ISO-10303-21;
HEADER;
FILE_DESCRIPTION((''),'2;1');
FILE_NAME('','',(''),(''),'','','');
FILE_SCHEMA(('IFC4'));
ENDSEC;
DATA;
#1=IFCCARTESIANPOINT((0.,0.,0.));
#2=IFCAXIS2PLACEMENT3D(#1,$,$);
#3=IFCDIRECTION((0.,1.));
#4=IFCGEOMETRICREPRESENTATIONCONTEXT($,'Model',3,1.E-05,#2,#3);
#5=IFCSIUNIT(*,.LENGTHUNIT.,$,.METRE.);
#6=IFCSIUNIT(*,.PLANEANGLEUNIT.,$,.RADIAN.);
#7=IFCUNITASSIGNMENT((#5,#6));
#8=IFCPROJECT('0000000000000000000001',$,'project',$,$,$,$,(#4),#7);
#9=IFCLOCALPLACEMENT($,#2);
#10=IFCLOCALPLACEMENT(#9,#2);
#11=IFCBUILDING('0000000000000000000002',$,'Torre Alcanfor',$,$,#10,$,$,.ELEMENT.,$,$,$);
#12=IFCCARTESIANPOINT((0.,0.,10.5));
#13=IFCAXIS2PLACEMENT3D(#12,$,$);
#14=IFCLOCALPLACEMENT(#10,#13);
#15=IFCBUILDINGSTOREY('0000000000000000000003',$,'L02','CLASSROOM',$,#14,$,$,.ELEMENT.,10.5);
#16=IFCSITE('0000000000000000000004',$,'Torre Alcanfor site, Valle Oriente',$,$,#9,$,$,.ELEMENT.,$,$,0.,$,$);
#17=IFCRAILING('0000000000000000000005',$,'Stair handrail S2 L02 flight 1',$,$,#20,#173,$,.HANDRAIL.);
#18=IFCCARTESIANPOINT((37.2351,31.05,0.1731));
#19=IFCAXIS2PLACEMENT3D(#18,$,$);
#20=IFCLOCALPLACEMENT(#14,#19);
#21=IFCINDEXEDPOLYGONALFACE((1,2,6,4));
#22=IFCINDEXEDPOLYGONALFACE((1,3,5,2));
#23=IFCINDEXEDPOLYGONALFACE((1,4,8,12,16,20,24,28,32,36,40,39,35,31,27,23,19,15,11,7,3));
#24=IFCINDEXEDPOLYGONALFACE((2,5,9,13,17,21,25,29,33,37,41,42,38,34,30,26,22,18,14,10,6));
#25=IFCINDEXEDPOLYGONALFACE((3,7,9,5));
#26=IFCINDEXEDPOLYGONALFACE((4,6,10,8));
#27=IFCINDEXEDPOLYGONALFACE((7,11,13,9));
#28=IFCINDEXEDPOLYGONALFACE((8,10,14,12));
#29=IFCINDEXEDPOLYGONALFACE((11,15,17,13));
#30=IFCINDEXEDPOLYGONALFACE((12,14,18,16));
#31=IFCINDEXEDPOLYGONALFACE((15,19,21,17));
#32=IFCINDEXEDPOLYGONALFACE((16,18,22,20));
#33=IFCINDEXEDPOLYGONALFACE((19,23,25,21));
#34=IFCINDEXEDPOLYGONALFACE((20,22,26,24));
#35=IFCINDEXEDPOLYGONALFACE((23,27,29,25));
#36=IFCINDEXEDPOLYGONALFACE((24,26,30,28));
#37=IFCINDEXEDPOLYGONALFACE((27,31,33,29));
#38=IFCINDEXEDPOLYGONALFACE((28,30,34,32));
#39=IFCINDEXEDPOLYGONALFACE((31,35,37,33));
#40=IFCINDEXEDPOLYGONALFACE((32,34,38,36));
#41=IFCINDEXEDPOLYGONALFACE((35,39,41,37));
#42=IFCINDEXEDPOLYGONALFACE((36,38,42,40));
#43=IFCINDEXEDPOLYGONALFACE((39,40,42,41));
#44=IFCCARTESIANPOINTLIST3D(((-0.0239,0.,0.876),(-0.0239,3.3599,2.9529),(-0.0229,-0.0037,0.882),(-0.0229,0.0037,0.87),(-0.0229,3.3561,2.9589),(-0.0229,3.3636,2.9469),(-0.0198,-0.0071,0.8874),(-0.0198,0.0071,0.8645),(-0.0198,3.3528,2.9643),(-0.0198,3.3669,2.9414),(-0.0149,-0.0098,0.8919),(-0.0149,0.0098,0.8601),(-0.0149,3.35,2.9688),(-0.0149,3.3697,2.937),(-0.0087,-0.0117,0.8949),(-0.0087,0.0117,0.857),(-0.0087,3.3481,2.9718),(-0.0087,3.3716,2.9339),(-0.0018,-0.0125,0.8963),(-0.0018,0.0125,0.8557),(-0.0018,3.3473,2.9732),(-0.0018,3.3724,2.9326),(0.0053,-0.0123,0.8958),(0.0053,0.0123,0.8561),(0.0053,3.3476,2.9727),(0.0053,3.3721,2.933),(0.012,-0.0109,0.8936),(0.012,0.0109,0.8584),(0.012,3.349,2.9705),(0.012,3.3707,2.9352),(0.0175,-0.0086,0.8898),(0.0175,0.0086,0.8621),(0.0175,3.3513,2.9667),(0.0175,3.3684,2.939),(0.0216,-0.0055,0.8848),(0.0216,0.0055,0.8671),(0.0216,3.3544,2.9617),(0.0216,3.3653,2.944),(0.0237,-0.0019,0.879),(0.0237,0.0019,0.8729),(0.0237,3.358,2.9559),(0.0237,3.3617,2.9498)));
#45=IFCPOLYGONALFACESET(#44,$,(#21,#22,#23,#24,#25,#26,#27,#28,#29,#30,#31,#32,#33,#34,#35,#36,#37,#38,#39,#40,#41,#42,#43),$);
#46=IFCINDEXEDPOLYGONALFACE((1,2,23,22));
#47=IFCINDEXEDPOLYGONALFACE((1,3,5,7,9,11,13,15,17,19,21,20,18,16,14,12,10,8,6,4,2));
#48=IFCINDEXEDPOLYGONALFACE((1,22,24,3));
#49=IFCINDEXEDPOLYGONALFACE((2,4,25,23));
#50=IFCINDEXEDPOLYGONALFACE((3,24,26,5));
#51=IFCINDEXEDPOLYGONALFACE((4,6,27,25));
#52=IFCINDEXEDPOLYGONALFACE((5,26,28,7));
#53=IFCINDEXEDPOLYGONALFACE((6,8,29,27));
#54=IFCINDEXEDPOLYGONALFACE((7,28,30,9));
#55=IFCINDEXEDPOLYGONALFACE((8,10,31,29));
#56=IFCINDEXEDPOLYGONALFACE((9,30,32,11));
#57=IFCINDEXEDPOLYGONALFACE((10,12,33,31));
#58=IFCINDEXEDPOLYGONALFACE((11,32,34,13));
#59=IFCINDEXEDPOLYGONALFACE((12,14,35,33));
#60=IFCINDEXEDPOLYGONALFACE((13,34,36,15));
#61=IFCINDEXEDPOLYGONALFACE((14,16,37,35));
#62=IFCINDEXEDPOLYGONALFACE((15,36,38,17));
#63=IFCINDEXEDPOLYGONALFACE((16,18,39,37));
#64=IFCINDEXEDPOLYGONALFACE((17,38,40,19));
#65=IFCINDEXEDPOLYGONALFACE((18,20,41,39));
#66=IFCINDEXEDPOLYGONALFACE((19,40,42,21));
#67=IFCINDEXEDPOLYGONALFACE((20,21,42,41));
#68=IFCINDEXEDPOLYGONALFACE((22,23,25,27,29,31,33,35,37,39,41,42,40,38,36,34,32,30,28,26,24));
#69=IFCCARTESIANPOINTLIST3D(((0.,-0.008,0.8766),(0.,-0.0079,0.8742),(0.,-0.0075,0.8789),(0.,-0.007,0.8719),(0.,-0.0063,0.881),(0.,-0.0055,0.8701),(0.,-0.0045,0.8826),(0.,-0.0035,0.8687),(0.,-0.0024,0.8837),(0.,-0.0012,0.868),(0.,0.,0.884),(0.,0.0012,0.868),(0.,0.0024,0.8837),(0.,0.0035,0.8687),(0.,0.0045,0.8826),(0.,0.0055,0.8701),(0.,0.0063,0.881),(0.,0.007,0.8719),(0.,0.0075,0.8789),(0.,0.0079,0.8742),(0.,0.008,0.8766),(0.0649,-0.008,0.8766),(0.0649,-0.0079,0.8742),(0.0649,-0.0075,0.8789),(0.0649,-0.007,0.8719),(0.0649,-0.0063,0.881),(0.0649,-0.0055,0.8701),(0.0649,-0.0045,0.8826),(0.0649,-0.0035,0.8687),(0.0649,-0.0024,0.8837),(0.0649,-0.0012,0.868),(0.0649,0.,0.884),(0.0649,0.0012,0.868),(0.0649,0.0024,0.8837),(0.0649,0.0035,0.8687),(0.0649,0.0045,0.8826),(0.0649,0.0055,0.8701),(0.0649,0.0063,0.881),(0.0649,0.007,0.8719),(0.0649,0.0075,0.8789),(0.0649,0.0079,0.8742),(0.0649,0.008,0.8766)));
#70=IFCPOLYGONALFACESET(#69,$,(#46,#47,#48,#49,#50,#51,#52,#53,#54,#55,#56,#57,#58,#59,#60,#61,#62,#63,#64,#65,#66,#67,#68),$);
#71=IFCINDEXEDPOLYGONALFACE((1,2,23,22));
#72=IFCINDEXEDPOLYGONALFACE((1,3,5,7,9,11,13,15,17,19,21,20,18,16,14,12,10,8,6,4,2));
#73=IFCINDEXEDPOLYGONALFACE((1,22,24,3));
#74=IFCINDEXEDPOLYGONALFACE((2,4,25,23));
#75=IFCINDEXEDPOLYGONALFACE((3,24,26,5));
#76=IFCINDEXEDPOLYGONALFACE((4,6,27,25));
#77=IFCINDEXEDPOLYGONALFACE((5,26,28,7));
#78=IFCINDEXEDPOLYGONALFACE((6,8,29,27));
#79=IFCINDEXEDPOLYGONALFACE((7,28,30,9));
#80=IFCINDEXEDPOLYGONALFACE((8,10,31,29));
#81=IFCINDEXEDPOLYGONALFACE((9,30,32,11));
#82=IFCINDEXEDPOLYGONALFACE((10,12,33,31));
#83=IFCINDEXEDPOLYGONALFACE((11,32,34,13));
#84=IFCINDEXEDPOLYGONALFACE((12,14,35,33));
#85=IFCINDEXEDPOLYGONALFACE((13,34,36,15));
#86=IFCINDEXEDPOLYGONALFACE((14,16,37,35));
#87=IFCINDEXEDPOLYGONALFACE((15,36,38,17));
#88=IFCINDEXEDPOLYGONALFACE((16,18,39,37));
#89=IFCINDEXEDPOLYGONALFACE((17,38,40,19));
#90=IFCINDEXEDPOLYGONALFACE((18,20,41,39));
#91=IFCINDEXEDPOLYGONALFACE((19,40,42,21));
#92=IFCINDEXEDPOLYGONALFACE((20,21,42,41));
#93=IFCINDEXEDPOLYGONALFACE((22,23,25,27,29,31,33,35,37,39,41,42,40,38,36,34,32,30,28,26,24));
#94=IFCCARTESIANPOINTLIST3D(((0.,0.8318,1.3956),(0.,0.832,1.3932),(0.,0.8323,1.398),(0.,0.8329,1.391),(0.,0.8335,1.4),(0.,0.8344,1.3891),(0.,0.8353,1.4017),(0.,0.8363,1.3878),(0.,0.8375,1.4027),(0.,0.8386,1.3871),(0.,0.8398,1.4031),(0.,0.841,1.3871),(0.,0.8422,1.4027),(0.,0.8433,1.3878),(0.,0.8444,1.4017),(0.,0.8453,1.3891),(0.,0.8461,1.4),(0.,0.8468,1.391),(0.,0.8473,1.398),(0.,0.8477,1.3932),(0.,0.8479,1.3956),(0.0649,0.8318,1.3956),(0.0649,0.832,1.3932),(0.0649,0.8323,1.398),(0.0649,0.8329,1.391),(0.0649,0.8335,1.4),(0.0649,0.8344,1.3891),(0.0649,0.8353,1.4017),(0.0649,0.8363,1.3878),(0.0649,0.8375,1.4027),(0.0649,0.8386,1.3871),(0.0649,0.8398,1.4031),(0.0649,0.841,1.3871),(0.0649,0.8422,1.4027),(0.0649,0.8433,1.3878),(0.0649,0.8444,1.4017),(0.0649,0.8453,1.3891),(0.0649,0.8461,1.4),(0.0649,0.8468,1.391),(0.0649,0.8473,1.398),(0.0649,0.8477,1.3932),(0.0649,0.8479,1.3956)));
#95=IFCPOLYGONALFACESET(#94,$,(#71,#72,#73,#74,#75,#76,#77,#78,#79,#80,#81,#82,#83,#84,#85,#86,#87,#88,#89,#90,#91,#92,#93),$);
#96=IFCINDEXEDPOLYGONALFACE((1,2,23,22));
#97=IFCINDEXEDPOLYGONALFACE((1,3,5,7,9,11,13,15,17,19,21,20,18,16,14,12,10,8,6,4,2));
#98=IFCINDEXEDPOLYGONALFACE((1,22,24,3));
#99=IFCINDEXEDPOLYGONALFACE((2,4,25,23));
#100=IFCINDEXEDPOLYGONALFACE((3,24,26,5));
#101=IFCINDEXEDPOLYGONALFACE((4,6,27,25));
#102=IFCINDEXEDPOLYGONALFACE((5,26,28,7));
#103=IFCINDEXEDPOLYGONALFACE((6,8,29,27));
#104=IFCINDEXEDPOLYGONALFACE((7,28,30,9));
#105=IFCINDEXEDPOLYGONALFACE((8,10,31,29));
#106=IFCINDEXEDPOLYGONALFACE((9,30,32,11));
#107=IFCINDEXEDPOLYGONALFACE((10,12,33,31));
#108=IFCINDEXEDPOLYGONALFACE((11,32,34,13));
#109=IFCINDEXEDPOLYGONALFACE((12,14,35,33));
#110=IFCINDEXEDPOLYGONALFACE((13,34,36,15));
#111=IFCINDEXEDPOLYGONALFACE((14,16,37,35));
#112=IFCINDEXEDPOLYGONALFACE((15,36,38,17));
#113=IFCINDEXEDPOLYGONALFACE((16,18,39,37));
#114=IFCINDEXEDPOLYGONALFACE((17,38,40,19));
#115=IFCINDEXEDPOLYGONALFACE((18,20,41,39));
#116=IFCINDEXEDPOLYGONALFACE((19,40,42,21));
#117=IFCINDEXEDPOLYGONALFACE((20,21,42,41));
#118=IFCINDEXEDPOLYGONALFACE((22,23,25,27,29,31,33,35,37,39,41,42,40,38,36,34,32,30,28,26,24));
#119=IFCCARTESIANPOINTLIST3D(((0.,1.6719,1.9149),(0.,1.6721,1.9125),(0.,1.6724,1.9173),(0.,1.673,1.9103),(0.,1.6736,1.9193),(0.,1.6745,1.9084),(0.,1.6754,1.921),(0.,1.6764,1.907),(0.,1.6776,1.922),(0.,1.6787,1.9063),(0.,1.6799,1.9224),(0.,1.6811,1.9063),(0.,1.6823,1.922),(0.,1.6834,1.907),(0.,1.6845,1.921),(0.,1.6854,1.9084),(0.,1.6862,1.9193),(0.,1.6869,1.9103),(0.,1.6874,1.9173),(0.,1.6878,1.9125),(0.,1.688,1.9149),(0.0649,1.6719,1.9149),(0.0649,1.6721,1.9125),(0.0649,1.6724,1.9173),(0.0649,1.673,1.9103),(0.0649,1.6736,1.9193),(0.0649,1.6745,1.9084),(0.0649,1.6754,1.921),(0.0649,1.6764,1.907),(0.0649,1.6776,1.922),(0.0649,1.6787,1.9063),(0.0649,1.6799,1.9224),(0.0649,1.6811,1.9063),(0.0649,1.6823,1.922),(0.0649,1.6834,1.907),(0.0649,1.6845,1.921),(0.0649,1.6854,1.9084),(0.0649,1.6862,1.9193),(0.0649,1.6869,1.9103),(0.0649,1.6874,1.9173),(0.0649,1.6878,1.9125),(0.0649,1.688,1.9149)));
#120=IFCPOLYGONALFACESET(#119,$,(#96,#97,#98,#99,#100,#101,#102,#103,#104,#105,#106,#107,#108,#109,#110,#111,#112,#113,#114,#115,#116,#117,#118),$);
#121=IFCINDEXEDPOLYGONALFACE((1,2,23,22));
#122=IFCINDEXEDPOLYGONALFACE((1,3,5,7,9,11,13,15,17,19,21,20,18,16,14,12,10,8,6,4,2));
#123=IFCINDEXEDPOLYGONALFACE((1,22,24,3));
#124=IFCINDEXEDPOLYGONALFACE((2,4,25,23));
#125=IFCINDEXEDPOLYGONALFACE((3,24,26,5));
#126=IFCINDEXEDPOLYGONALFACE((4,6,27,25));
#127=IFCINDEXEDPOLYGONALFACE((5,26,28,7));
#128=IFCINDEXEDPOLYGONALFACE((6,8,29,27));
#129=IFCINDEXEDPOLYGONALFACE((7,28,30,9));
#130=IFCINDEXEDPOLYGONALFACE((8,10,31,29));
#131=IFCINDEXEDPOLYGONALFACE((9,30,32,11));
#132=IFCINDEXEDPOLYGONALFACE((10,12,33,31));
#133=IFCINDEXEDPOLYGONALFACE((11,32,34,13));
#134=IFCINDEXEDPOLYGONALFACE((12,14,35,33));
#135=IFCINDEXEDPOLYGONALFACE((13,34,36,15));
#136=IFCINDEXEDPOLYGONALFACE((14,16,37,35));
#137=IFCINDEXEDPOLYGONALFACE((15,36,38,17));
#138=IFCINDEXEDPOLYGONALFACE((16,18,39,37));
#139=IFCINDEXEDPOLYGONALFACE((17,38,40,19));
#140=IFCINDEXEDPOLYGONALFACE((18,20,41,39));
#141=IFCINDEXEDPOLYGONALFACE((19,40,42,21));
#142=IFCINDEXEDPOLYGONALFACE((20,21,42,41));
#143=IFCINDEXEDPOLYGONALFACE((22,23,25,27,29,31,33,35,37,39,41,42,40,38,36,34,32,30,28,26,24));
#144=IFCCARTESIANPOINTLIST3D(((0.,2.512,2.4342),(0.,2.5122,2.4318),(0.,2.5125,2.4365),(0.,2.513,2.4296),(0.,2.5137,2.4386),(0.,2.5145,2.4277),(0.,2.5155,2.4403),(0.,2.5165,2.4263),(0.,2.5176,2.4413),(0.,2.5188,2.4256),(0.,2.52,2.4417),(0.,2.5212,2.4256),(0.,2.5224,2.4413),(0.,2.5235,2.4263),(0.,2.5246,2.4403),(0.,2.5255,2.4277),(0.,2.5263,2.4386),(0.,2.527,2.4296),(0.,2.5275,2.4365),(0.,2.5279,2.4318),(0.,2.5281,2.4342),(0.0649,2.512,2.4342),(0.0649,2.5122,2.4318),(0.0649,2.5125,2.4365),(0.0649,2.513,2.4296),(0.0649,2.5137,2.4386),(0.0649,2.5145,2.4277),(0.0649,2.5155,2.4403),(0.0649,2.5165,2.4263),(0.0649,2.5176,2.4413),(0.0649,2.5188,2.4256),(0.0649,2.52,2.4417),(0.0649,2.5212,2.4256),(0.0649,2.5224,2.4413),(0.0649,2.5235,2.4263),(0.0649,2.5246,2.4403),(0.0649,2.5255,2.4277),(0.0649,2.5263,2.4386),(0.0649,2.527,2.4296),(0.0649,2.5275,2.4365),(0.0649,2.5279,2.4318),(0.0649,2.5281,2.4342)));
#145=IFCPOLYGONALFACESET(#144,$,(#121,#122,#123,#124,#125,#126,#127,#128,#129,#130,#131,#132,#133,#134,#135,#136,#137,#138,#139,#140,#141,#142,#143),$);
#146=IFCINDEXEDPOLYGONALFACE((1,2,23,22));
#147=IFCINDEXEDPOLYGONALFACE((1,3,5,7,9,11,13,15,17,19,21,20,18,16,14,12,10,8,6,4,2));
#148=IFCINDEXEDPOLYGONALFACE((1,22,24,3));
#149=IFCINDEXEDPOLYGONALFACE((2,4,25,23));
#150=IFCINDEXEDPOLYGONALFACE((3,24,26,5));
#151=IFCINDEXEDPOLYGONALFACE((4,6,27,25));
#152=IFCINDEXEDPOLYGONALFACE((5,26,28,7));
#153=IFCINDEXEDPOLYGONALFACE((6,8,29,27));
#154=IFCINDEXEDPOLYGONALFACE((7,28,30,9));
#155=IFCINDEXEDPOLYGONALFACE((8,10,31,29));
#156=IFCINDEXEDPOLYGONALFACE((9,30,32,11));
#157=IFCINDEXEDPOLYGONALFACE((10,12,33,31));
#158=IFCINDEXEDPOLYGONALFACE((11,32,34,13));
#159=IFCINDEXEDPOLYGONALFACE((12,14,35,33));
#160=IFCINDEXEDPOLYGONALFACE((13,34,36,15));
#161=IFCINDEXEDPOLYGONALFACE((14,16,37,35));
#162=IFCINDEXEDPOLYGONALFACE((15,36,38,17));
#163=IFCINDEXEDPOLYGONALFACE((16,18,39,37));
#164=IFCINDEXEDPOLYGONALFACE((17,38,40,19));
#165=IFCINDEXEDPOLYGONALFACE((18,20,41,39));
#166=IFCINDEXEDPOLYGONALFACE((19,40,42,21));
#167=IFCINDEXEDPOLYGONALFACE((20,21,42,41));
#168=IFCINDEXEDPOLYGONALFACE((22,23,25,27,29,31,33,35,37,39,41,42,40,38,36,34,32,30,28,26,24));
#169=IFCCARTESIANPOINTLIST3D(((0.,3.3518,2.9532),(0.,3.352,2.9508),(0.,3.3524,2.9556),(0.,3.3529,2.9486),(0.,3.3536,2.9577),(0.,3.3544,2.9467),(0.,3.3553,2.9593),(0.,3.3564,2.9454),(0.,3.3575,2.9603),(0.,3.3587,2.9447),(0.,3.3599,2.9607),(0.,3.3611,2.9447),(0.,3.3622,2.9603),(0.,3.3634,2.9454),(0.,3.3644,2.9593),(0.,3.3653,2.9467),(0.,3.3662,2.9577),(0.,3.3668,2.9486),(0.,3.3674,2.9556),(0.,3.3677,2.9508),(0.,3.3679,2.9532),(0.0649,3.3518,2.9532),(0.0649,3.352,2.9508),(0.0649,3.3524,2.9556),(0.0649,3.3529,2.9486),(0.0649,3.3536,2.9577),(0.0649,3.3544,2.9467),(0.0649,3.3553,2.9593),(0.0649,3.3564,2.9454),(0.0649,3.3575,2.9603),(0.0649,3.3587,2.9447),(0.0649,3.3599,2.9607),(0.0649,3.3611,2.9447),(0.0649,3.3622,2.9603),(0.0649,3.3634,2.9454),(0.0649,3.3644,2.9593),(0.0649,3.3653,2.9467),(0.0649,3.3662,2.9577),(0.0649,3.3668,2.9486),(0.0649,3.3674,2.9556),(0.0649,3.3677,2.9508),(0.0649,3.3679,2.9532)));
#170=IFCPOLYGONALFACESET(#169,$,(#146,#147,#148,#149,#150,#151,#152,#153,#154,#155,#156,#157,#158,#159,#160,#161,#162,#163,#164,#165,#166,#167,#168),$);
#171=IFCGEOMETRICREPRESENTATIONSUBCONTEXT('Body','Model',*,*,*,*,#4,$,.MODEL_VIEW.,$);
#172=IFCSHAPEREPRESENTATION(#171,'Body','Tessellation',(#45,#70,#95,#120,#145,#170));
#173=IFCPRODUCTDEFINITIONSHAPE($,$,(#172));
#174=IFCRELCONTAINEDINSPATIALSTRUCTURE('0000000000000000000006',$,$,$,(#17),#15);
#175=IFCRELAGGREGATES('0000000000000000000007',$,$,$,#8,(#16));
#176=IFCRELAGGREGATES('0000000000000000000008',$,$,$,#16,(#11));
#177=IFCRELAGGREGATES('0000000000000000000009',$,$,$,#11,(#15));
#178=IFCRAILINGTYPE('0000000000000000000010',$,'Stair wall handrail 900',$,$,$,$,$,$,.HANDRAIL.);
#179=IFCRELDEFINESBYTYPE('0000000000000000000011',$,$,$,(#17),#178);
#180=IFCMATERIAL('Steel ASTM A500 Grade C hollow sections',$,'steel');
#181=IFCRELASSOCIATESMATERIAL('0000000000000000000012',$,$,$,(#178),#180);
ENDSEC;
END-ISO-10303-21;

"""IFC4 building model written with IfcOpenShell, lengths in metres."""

from ifc_helpers import new_model, si_unit, direction, frame, origin, origin_2d, place, context, subcontext, project, spatial, circle, extrude, material, type_object, element, save


model = new_model("IFC4")

# Units and contexts
model_context = context("Model", 3, precision=1e-05, world=origin(), true_north=direction((0.0, 1.0)))
body_context = subcontext(model_context, "Body", "Model", "MODEL_VIEW")
ifc_project = project(units=[si_unit("LENGTHUNIT", "METRE"), si_unit("PLANEANGLEUNIT", "RADIAN")], contexts=[model_context])

# Site, building, storey
site_placement = place(None, origin())
site = spatial("IfcSite", under=ifc_project, at=site_placement, Name="Torre Alcanfor site, Valle Oriente", CompositionType="ELEMENT", RefElevation=0.0)
building_placement = place(site_placement, origin())
building = spatial("IfcBuilding", under=site, at=building_placement, Name="Torre Alcanfor", CompositionType="ELEMENT")
storey_placement = place(building_placement, frame((0.0, 0.0, 10.5)))
storey = spatial("IfcBuildingStorey", under=building, at=storey_placement, Name="L02", Description="CLASSROOM", CompositionType="ELEMENT", Elevation=10.5)

# Railing
ifc_material_1 = material(Name="Steel ASTM A500 Grade C hollow sections", Category="steel")
railing_type_1 = type_object("IfcRailingType", Name="Stair wall handrail 900", PredefinedType="HANDRAIL", material=ifc_material_1)
railing_1_placement = place(storey_placement, frame((37.2351, 31.05, 0.1731)))
element("IfcRailing", 1, at=railing_1_placement, inside=storey, type_object=railing_type_1, Name="Stair handrail S2 L02 flight 1", PredefinedType="HANDRAIL", context=body_context, shape_type="SweptSolid", body=[
    extrude(circle(Radius=0.0239, at=origin_2d()), frame((0.0, 0.0, 0.876), z_axis=(0.0, 0.850606, 0.525803), x_axis=(-1.0, 0.0, 0.0)), (0.0, 0.0, 1.0), 3.95),
    extrude(circle(Radius=0.0081, at=origin_2d()), frame((0.0, 0.0, 0.876), z_axis=(1.0, 0.0, 0.0), x_axis=(0.0, 0.0, 1.0)), (0.0, 0.0, 1.0), 0.0649),
    extrude(circle(Radius=0.0081, at=origin_2d()), frame((0.0, 0.8398, 1.395), z_axis=(1.0, 0.0, 0.0), x_axis=(0.0, 0.0, 1.0)), (0.0, 0.0, 1.0), 0.0649),
    extrude(circle(Radius=0.0081, at=origin_2d()), frame((0.0, 1.6799, 1.9143), z_axis=(1.0, 0.0, 0.0), x_axis=(0.0, 0.0, 1.0)), (0.0, 0.0, 1.0), 0.0649),
    extrude(circle(Radius=0.0081, at=origin_2d()), frame((0.0, 2.52, 2.4336), z_axis=(1.0, 0.0, 0.0), x_axis=(0.0, 0.0, 1.0)), (0.0, 0.0, 1.0), 0.0649),
    extrude(circle(Radius=0.0081, at=origin_2d()), frame((0.0, 3.3599, 2.9526), z_axis=(1.0, 0.0, 0.0), x_axis=(0.0, 0.0, 1.0)), (0.0, 0.0, 1.0), 0.0649),
])

save(model, "model.ifc")
